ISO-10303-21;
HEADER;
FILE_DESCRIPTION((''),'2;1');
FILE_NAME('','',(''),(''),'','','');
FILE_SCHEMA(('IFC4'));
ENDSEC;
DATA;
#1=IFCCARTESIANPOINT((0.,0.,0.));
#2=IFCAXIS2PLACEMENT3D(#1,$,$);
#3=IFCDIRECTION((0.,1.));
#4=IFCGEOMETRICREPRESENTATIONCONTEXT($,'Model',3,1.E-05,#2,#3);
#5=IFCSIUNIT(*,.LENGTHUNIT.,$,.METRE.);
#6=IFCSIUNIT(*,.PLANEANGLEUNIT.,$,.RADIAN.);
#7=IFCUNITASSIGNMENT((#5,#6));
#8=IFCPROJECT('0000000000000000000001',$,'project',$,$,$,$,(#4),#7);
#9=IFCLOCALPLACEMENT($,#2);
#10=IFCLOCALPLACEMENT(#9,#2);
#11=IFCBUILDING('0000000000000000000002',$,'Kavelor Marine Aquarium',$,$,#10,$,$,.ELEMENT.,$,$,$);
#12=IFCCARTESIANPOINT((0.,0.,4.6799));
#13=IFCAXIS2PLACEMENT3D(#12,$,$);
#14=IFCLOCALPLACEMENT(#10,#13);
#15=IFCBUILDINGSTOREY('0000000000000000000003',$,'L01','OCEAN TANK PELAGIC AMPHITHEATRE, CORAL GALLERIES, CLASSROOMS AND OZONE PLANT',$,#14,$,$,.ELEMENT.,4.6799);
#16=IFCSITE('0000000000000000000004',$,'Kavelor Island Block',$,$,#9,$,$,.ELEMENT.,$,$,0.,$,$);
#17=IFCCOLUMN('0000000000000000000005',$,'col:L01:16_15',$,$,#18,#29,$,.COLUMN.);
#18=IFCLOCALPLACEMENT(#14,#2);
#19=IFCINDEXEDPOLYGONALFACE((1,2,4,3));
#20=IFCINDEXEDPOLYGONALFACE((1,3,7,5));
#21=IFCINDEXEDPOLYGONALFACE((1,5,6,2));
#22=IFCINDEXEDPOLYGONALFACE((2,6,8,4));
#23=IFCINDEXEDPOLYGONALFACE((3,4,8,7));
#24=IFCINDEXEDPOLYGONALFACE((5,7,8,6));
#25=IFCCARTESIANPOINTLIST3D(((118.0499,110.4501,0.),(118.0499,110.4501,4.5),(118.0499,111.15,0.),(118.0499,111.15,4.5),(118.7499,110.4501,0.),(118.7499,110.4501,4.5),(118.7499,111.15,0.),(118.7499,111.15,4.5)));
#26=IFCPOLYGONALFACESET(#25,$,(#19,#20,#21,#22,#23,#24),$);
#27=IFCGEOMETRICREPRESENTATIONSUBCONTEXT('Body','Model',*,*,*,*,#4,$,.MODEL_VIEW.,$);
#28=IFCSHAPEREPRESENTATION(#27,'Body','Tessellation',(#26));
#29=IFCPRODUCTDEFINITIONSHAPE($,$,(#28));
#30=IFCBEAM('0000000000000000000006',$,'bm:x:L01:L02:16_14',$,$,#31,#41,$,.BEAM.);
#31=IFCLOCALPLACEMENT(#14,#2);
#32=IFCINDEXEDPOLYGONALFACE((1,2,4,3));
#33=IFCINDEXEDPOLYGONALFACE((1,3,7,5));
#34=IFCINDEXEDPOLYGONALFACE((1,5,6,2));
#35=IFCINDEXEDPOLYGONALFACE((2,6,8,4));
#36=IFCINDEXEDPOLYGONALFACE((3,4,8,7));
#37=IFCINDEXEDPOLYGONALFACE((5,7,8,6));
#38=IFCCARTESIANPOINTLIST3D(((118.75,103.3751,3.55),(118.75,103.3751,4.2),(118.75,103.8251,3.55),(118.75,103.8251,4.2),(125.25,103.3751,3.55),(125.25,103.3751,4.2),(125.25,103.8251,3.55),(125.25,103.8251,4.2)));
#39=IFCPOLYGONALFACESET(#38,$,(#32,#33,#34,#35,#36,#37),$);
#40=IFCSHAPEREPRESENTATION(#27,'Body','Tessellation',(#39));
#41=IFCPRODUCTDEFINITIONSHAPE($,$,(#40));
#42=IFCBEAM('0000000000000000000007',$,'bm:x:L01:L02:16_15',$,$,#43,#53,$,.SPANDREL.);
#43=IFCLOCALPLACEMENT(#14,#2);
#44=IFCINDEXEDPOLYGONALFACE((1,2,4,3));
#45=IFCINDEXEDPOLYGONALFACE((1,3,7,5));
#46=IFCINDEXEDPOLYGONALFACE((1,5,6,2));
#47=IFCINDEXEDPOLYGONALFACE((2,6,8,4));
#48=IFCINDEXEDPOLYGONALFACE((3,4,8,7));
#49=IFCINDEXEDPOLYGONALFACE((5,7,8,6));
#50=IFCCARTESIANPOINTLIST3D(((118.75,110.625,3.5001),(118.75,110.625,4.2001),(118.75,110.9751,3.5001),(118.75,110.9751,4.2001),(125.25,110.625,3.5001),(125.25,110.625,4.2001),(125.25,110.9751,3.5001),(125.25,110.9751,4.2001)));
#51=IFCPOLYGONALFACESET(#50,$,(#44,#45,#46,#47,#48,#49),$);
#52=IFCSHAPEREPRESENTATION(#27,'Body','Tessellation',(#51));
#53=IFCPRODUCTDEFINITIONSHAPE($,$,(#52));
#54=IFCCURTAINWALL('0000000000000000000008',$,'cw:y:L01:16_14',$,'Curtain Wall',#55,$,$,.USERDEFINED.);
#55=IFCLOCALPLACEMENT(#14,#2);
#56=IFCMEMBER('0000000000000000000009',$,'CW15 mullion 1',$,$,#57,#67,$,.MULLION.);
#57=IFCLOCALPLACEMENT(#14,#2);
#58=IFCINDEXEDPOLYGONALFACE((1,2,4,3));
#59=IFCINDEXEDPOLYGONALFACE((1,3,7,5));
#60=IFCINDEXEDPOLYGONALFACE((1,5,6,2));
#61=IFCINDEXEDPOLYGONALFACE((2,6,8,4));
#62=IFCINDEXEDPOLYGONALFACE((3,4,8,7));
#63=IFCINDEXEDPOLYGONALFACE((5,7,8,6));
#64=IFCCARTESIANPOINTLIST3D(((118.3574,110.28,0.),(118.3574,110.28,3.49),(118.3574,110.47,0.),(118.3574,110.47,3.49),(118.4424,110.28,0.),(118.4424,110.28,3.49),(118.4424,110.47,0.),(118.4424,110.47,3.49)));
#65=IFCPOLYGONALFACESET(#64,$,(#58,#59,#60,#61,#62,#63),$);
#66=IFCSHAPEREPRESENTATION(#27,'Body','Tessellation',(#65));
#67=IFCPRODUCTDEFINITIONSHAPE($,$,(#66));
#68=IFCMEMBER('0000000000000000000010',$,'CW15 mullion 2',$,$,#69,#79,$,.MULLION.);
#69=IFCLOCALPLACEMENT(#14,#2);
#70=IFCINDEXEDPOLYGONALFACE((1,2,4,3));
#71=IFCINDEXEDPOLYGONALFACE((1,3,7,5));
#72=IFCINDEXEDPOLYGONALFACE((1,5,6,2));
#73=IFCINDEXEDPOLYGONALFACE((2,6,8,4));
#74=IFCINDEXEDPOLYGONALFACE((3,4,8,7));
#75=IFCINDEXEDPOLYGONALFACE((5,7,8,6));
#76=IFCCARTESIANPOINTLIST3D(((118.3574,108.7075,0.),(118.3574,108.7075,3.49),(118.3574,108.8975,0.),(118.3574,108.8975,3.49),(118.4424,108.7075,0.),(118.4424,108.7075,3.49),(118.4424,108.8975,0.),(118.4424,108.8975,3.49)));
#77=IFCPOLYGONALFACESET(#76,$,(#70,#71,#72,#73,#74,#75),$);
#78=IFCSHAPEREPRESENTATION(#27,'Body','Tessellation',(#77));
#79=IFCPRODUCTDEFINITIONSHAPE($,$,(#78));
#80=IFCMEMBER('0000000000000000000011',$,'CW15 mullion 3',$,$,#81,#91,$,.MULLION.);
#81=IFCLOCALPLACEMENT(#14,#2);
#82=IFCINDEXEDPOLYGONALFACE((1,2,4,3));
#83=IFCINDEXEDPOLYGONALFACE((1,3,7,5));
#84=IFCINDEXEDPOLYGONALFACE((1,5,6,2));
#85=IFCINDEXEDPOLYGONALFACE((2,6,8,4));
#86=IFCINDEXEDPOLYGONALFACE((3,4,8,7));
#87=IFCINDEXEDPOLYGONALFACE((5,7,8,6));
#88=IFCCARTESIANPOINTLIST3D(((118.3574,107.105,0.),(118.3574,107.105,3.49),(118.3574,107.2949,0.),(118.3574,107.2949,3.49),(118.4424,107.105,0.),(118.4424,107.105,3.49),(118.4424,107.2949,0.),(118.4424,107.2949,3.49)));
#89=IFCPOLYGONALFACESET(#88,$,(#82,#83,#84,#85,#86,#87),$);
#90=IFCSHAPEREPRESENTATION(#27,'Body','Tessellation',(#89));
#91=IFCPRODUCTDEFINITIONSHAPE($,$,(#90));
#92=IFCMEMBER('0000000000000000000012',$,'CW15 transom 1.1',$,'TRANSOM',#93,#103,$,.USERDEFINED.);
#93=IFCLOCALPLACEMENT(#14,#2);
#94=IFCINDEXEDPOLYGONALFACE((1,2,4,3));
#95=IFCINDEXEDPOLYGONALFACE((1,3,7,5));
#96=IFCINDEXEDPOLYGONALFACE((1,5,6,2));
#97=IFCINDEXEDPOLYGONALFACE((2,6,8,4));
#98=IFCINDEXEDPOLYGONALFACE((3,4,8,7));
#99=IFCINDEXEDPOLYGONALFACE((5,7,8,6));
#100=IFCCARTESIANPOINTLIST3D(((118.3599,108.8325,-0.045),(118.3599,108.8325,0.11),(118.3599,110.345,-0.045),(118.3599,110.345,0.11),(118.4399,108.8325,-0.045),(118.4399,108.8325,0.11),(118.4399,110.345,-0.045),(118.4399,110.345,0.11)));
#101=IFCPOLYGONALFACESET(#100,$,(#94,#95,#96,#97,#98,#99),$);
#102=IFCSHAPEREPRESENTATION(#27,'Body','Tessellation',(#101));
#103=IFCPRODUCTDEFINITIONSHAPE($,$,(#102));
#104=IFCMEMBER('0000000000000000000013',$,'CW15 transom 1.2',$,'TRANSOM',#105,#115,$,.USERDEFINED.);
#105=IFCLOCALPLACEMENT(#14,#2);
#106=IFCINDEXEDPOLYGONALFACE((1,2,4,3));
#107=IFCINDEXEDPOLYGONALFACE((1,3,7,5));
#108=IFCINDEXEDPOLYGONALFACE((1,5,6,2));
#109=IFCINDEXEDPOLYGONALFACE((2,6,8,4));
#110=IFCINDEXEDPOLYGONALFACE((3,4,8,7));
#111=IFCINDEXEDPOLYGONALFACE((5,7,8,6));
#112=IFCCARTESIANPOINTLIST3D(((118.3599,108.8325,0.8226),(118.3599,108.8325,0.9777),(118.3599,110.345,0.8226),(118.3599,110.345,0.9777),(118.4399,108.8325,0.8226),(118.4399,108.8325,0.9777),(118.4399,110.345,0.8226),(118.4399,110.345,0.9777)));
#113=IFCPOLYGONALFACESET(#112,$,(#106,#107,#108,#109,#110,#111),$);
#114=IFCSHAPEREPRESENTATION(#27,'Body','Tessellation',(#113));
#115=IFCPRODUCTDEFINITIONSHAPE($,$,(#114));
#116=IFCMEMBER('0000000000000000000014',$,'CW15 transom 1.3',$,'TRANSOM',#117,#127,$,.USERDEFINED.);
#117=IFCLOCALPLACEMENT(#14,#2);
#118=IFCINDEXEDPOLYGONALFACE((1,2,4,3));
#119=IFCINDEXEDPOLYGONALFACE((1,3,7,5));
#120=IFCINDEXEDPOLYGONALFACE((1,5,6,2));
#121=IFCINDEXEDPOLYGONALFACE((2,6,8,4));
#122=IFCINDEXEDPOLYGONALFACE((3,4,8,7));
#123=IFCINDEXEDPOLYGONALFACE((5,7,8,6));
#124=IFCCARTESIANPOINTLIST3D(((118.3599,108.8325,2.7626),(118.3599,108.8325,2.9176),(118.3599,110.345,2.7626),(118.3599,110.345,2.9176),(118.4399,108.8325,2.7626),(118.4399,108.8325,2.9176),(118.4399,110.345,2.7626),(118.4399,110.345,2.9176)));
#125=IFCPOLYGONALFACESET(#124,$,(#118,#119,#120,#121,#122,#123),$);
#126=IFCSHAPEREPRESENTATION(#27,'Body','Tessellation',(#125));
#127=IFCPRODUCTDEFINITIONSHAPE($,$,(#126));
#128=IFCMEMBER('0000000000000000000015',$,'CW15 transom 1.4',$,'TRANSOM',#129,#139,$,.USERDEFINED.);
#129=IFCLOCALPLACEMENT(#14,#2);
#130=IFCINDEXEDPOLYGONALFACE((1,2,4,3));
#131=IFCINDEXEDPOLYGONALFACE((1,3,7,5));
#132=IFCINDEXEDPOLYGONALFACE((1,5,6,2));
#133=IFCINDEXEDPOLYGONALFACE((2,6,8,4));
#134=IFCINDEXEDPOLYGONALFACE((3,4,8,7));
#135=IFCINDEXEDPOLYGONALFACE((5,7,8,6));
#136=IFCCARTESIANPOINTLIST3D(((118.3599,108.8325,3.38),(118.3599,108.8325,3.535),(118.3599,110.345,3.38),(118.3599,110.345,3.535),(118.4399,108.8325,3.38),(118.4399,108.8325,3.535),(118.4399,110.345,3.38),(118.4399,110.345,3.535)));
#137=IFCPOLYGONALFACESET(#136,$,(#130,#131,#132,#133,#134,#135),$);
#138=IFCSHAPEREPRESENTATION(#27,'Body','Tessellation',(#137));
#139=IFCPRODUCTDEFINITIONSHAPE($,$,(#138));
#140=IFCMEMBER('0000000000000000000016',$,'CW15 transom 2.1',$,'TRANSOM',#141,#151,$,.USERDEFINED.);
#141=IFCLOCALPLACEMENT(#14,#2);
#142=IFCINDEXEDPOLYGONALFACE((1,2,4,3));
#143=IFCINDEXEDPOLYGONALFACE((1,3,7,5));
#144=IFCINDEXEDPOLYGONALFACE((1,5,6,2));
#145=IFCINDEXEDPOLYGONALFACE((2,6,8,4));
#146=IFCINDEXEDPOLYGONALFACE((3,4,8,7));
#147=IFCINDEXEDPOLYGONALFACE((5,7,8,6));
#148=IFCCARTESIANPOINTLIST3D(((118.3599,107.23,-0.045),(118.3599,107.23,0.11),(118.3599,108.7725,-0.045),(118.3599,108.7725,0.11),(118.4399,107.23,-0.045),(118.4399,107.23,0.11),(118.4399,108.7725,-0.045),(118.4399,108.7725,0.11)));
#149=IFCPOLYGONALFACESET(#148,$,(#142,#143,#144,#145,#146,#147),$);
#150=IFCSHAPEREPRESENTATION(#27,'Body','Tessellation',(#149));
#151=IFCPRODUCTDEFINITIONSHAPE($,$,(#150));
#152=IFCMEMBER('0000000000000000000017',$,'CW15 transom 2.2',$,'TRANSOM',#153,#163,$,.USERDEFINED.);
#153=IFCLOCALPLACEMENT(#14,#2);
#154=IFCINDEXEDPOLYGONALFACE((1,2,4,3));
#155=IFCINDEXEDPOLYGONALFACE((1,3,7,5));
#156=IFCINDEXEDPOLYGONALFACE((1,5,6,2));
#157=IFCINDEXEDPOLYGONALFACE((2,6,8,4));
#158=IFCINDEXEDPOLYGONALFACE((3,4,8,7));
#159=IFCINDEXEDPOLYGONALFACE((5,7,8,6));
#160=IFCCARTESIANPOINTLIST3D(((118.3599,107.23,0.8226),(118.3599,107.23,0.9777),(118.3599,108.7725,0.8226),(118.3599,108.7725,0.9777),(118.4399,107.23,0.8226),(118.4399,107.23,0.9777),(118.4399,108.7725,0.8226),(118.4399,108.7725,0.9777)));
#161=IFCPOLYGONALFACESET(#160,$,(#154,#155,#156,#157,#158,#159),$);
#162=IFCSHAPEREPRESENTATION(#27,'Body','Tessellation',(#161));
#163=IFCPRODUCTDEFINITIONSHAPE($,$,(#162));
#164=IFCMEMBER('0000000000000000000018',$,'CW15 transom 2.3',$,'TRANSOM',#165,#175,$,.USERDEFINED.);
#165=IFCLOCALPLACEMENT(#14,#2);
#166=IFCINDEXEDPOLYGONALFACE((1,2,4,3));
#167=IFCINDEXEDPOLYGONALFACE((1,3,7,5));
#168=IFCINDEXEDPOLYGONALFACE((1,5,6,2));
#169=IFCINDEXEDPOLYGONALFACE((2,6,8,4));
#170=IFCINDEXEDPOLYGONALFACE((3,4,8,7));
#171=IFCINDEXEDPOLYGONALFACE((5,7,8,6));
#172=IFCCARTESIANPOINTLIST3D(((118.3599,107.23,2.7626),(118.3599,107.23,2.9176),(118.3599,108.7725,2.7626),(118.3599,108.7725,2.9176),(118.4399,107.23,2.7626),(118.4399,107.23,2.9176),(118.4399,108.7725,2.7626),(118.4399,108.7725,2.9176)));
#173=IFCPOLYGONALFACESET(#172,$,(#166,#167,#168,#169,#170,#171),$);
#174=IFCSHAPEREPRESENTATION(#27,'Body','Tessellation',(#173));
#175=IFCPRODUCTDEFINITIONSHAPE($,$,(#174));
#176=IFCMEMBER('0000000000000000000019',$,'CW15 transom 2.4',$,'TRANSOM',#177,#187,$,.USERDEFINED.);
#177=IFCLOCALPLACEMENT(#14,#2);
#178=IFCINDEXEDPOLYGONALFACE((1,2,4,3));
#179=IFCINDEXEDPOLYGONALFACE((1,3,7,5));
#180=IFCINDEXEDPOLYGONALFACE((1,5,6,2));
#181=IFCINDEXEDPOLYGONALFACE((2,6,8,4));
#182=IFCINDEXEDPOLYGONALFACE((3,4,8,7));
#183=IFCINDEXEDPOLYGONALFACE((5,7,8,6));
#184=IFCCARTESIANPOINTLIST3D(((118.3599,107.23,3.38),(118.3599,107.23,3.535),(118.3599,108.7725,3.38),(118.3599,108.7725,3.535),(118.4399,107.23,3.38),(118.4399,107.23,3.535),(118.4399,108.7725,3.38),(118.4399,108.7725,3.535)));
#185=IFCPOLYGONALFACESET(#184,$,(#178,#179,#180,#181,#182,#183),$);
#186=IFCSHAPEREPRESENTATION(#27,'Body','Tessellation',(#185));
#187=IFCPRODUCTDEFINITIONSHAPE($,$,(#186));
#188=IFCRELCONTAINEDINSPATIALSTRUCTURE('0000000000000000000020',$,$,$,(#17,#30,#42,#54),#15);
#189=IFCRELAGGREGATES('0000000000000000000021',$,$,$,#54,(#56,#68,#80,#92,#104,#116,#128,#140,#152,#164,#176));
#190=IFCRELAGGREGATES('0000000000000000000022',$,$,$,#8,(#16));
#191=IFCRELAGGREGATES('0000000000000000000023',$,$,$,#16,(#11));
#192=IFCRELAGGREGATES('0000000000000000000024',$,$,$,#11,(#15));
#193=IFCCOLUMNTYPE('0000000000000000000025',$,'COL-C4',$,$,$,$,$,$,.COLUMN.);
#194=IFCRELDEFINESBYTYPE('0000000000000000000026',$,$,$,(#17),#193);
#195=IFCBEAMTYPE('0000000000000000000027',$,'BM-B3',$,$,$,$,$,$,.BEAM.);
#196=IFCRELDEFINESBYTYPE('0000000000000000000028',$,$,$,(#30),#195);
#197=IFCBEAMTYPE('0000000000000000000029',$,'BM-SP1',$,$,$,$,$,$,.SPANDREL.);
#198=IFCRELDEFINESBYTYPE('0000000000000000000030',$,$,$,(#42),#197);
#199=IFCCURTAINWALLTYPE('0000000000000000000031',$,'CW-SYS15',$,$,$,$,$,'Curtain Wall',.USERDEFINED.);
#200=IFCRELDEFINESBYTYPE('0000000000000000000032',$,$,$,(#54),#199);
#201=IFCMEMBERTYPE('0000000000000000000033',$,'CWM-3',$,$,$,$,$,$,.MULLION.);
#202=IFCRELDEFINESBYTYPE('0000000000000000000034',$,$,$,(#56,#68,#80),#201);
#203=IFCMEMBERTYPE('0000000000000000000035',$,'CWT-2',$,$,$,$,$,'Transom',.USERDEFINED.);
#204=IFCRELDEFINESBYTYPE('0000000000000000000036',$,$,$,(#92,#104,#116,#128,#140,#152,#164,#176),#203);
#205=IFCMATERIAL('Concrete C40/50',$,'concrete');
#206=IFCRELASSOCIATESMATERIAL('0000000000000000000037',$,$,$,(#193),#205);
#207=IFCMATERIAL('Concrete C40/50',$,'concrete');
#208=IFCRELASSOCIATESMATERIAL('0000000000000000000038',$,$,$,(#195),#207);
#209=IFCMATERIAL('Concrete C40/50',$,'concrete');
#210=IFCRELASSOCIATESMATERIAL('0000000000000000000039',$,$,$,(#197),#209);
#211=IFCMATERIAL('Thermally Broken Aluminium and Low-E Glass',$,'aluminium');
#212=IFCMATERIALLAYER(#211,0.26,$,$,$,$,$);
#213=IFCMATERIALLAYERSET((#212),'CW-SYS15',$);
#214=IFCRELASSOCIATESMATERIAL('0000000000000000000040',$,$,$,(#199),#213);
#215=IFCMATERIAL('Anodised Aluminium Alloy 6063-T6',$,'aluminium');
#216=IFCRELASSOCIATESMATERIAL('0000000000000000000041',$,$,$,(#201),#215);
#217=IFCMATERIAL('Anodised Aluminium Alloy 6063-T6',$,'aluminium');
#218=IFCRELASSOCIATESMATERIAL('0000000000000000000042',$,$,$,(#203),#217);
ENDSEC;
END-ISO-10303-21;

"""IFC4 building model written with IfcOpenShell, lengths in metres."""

from ifc_helpers import new_model, si_unit, direction, frame, origin, origin_2d, place, context, subcontext, project, spatial, rectangle, extrude, material, layer, layer_set, material_profile, profile_set, type_object, element, aggregate, save


model = new_model("IFC4")

# Units and contexts
model_context = context("Model", 3, precision=1e-05, world=origin(), true_north=direction((0.0, 1.0)))
body_context = subcontext(model_context, "Body", "Model", "MODEL_VIEW")
ifc_project = project(units=[si_unit("LENGTHUNIT", "METRE"), si_unit("PLANEANGLEUNIT", "RADIAN")], contexts=[model_context])

# Site, building, storey
site_placement = place(None, origin())
site = spatial("IfcSite", under=ifc_project, at=site_placement, Name="Kavelor Island Block", CompositionType="ELEMENT", RefElevation=0.0)
building_placement = place(site_placement, origin())
building = spatial("IfcBuilding", under=site, at=building_placement, Name="Kavelor Marine Aquarium", CompositionType="ELEMENT")
storey_placement = place(building_placement, frame((0.0, 0.0, 4.6799)))
storey = spatial("IfcBuildingStorey", under=building, at=storey_placement, Name="L01", Description="OCEAN TANK PELAGIC AMPHITHEATRE, CORAL GALLERIES, CLASSROOMS AND OZONE PLANT", CompositionType="ELEMENT", Elevation=4.6799)

# Column
ifc_material_1 = material(Name="Concrete C40/50", Category="concrete")
ifc_material_profile_1 = material_profile(ifc_material_1, rectangle(XDim=0.7, YDim=0.7, at=origin_2d()), Name="RC-COL 700x700")
ifc_profile_set_1 = profile_set([ifc_material_profile_1], Name="Concrete C40/50")
column_type = type_object("IfcColumnType", Name="COL-C4", PredefinedType="COLUMN", material=ifc_profile_set_1)
column_placement = place(storey_placement, frame((118.3999, 110.8, 0.0), z_axis=(0.0, 0.0, 1.0), x_axis=(1.0, 0.0, 0.0)))
element("IfcColumn", 1, at=column_placement, inside=storey, type_object=column_type, Name="col:L01:16_15", PredefinedType="COLUMN", context=body_context, shape_type="SweptSolid", body=[
    extrude(rectangle(XDim=0.7, YDim=0.7, at=origin_2d()), origin(), (0.0, 0.0, 1.0), 4.5),
])

# Beams
ifc_material_2 = material(Name="Concrete C40/50", Category="concrete")
ifc_material_profile_2 = material_profile(ifc_material_2, rectangle(XDim=0.45, YDim=0.6499, at=origin_2d()), Name="RC-BM 450x650")
ifc_profile_set_2 = profile_set([ifc_material_profile_2], Name="Concrete C40/50")
beam_type_1 = type_object("IfcBeamType", Name="BM-B3", PredefinedType="BEAM", material=ifc_profile_set_2)
beam_1_placement = place(storey_placement, frame((118.75, 103.6001, 3.875), z_axis=(1.0, 0.0, 0.0), x_axis=(0.0, 1.0, 0.0)))
element("IfcBeam", 2, at=beam_1_placement, inside=storey, type_object=beam_type_1, Name="bm:x:L01:L02:16_14", PredefinedType="BEAM", context=body_context, shape_type="SweptSolid", body=[
    extrude(rectangle(XDim=0.45, YDim=0.6499, at=origin_2d()), origin(), (0.0, 0.0, 1.0), 6.5),
])
ifc_material_3 = material(Name="Concrete C40/50", Category="concrete")
ifc_material_profile_3 = material_profile(ifc_material_3, rectangle(XDim=0.3501, YDim=0.7, at=origin_2d()), Name="RC-SP 350x700")
ifc_profile_set_3 = profile_set([ifc_material_profile_3], Name="Concrete C40/50")
beam_type_2 = type_object("IfcBeamType", Name="BM-SP1", PredefinedType="SPANDREL", material=ifc_profile_set_3)
beam_2_placement = place(storey_placement, frame((118.75, 110.8, 3.8501), z_axis=(1.0, 0.0, 0.0), x_axis=(0.0, 1.0, 0.0)))
element("IfcBeam", 3, at=beam_2_placement, inside=storey, type_object=beam_type_2, Name="bm:x:L01:L02:16_15", PredefinedType="SPANDREL", context=body_context, shape_type="SweptSolid", body=[
    extrude(rectangle(XDim=0.3501, YDim=0.7, at=origin_2d()), origin(), (0.0, 0.0, 1.0), 6.5),
])

# Curtain wall, members
ifc_material_4 = material(Name="Thermally Broken Aluminium and Low-E Glass", Category="aluminium")
ifc_layer_1 = layer(ifc_material_4, 0.26)
ifc_layer_set_1 = layer_set([ifc_layer_1], Name="CW-SYS15")
curtain_wall_type = type_object("IfcCurtainWallType", Name="CW-SYS15", ElementType="Curtain Wall", PredefinedType="USERDEFINED", material=ifc_layer_set_1)
curtain_wall_placement = place(storey_placement, origin())
curtain_wall = element("IfcCurtainWall", 4, at=curtain_wall_placement, inside=storey, type_object=curtain_wall_type, Name="cw:y:L01:16_14", ObjectType="Curtain Wall", PredefinedType="USERDEFINED")
ifc_material_5 = material(Name="Anodised Aluminium Alloy 6063-T6", Category="aluminium")
ifc_material_profile_4 = material_profile(ifc_material_5, rectangle(XDim=0.085, YDim=0.1899, at=origin_2d()), Name="CW-MUL 85x190")
ifc_profile_set_4 = profile_set([ifc_material_profile_4], Name="Anodised Aluminium Alloy 6063-T6")
member_type_1 = type_object("IfcMemberType", Name="CWM-3", PredefinedType="MULLION", material=ifc_profile_set_4)
member_1_placement = place(storey_placement, frame((118.3999, 110.375, 0.0), z_axis=(0.0, 0.0, 1.0), x_axis=(1.0, 0.0, 0.0)))
member_1 = element("IfcMember", 5, at=member_1_placement, type_object=member_type_1, Name="CW15 mullion 1", PredefinedType="MULLION", context=body_context, shape_type="SweptSolid", body=[
    extrude(rectangle(XDim=0.085, YDim=0.1899, at=origin_2d()), origin(), (0.0, 0.0, 1.0), 3.49),
])
member_2_placement = place(storey_placement, frame((118.3999, 108.8025, 0.0), z_axis=(0.0, 0.0, 1.0), x_axis=(1.0, 0.0, 0.0)))
member_2 = element("IfcMember", 6, at=member_2_placement, type_object=member_type_1, Name="CW15 mullion 2", PredefinedType="MULLION", context=body_context, shape_type="SweptSolid", body=[
    extrude(rectangle(XDim=0.085, YDim=0.1899, at=origin_2d()), origin(), (0.0, 0.0, 1.0), 3.49),
])
member_3_placement = place(storey_placement, frame((118.3999, 107.2, 0.0), z_axis=(0.0, 0.0, 1.0), x_axis=(1.0, 0.0, 0.0)))
member_3 = element("IfcMember", 7, at=member_3_placement, type_object=member_type_1, Name="CW15 mullion 3", PredefinedType="MULLION", context=body_context, shape_type="SweptSolid", body=[
    extrude(rectangle(XDim=0.085, YDim=0.1899, at=origin_2d()), origin(), (0.0, 0.0, 1.0), 3.49),
])
ifc_material_6 = material(Name="Anodised Aluminium Alloy 6063-T6", Category="aluminium")
ifc_material_profile_5 = material_profile(ifc_material_6, rectangle(XDim=0.0801, YDim=0.155, at=origin_2d()), Name="CW-TRN 80x155")
ifc_profile_set_5 = profile_set([ifc_material_profile_5], Name="Anodised Aluminium Alloy 6063-T6")
member_type_2 = type_object("IfcMemberType", Name="CWT-2", ElementType="Transom", PredefinedType="USERDEFINED", material=ifc_profile_set_5)
member_4_placement = place(storey_placement, frame((118.3999, 110.345, 0.0325), z_axis=(0.0, -1.0, 0.0), x_axis=(1.0, 0.0, 0.0)))
member_4 = element("IfcMember", 8, at=member_4_placement, type_object=member_type_2, Name="CW15 transom 1.1", ObjectType="TRANSOM", PredefinedType="USERDEFINED", context=body_context, shape_type="SweptSolid", body=[
    extrude(rectangle(XDim=0.0801, YDim=0.155, at=origin_2d()), origin(), (0.0, 0.0, 1.0), 1.5125),
])
member_5_placement = place(storey_placement, frame((118.3999, 110.345, 0.9001), z_axis=(0.0, -1.0, 0.0), x_axis=(1.0, 0.0, 0.0)))
member_5 = element("IfcMember", 9, at=member_5_placement, type_object=member_type_2, Name="CW15 transom 1.2", ObjectType="TRANSOM", PredefinedType="USERDEFINED", context=body_context, shape_type="SweptSolid", body=[
    extrude(rectangle(XDim=0.0801, YDim=0.155, at=origin_2d()), origin(), (0.0, 0.0, 1.0), 1.5125),
])
member_6_placement = place(storey_placement, frame((118.3999, 110.345, 2.8401), z_axis=(0.0, -1.0, 0.0), x_axis=(1.0, 0.0, 0.0)))
member_6 = element("IfcMember", 10, at=member_6_placement, type_object=member_type_2, Name="CW15 transom 1.3", ObjectType="TRANSOM", PredefinedType="USERDEFINED", context=body_context, shape_type="SweptSolid", body=[
    extrude(rectangle(XDim=0.0801, YDim=0.155, at=origin_2d()), origin(), (0.0, 0.0, 1.0), 1.5125),
])
member_7_placement = place(storey_placement, frame((118.3999, 110.345, 3.4575), z_axis=(0.0, -1.0, 0.0), x_axis=(1.0, 0.0, 0.0)))
member_7 = element("IfcMember", 11, at=member_7_placement, type_object=member_type_2, Name="CW15 transom 1.4", ObjectType="TRANSOM", PredefinedType="USERDEFINED", context=body_context, shape_type="SweptSolid", body=[
    extrude(rectangle(XDim=0.0801, YDim=0.155, at=origin_2d()), origin(), (0.0, 0.0, 1.0), 1.5125),
])
member_8_placement = place(storey_placement, frame((118.3999, 108.7725, 0.0325), z_axis=(0.0, -1.0, 0.0), x_axis=(1.0, 0.0, 0.0)))
member_8 = element("IfcMember", 12, at=member_8_placement, type_object=member_type_2, Name="CW15 transom 2.1", ObjectType="TRANSOM", PredefinedType="USERDEFINED", context=body_context, shape_type="SweptSolid", body=[
    extrude(rectangle(XDim=0.0801, YDim=0.155, at=origin_2d()), origin(), (0.0, 0.0, 1.0), 1.5425),
])
member_9_placement = place(storey_placement, frame((118.3999, 108.7725, 0.9001), z_axis=(0.0, -1.0, 0.0), x_axis=(1.0, 0.0, 0.0)))
member_9 = element("IfcMember", 13, at=member_9_placement, type_object=member_type_2, Name="CW15 transom 2.2", ObjectType="TRANSOM", PredefinedType="USERDEFINED", context=body_context, shape_type="SweptSolid", body=[
    extrude(rectangle(XDim=0.0801, YDim=0.155, at=origin_2d()), origin(), (0.0, 0.0, 1.0), 1.5425),
])
member_10_placement = place(storey_placement, frame((118.3999, 108.7725, 2.8401), z_axis=(0.0, -1.0, 0.0), x_axis=(1.0, 0.0, 0.0)))
member_10 = element("IfcMember", 14, at=member_10_placement, type_object=member_type_2, Name="CW15 transom 2.3", ObjectType="TRANSOM", PredefinedType="USERDEFINED", context=body_context, shape_type="SweptSolid", body=[
    extrude(rectangle(XDim=0.0801, YDim=0.155, at=origin_2d()), origin(), (0.0, 0.0, 1.0), 1.5425),
])
member_11_placement = place(storey_placement, frame((118.3999, 108.7725, 3.4575), z_axis=(0.0, -1.0, 0.0), x_axis=(1.0, 0.0, 0.0)))
member_11 = element("IfcMember", 15, at=member_11_placement, type_object=member_type_2, Name="CW15 transom 2.4", ObjectType="TRANSOM", PredefinedType="USERDEFINED", context=body_context, shape_type="SweptSolid", body=[
    extrude(rectangle(XDim=0.0801, YDim=0.155, at=origin_2d()), origin(), (0.0, 0.0, 1.0), 1.5425),
])

aggregate(curtain_wall, [member_1, member_2, member_3, member_4, member_5, member_6, member_7, member_8, member_9, member_10, member_11])

save(model, "model.ifc")
